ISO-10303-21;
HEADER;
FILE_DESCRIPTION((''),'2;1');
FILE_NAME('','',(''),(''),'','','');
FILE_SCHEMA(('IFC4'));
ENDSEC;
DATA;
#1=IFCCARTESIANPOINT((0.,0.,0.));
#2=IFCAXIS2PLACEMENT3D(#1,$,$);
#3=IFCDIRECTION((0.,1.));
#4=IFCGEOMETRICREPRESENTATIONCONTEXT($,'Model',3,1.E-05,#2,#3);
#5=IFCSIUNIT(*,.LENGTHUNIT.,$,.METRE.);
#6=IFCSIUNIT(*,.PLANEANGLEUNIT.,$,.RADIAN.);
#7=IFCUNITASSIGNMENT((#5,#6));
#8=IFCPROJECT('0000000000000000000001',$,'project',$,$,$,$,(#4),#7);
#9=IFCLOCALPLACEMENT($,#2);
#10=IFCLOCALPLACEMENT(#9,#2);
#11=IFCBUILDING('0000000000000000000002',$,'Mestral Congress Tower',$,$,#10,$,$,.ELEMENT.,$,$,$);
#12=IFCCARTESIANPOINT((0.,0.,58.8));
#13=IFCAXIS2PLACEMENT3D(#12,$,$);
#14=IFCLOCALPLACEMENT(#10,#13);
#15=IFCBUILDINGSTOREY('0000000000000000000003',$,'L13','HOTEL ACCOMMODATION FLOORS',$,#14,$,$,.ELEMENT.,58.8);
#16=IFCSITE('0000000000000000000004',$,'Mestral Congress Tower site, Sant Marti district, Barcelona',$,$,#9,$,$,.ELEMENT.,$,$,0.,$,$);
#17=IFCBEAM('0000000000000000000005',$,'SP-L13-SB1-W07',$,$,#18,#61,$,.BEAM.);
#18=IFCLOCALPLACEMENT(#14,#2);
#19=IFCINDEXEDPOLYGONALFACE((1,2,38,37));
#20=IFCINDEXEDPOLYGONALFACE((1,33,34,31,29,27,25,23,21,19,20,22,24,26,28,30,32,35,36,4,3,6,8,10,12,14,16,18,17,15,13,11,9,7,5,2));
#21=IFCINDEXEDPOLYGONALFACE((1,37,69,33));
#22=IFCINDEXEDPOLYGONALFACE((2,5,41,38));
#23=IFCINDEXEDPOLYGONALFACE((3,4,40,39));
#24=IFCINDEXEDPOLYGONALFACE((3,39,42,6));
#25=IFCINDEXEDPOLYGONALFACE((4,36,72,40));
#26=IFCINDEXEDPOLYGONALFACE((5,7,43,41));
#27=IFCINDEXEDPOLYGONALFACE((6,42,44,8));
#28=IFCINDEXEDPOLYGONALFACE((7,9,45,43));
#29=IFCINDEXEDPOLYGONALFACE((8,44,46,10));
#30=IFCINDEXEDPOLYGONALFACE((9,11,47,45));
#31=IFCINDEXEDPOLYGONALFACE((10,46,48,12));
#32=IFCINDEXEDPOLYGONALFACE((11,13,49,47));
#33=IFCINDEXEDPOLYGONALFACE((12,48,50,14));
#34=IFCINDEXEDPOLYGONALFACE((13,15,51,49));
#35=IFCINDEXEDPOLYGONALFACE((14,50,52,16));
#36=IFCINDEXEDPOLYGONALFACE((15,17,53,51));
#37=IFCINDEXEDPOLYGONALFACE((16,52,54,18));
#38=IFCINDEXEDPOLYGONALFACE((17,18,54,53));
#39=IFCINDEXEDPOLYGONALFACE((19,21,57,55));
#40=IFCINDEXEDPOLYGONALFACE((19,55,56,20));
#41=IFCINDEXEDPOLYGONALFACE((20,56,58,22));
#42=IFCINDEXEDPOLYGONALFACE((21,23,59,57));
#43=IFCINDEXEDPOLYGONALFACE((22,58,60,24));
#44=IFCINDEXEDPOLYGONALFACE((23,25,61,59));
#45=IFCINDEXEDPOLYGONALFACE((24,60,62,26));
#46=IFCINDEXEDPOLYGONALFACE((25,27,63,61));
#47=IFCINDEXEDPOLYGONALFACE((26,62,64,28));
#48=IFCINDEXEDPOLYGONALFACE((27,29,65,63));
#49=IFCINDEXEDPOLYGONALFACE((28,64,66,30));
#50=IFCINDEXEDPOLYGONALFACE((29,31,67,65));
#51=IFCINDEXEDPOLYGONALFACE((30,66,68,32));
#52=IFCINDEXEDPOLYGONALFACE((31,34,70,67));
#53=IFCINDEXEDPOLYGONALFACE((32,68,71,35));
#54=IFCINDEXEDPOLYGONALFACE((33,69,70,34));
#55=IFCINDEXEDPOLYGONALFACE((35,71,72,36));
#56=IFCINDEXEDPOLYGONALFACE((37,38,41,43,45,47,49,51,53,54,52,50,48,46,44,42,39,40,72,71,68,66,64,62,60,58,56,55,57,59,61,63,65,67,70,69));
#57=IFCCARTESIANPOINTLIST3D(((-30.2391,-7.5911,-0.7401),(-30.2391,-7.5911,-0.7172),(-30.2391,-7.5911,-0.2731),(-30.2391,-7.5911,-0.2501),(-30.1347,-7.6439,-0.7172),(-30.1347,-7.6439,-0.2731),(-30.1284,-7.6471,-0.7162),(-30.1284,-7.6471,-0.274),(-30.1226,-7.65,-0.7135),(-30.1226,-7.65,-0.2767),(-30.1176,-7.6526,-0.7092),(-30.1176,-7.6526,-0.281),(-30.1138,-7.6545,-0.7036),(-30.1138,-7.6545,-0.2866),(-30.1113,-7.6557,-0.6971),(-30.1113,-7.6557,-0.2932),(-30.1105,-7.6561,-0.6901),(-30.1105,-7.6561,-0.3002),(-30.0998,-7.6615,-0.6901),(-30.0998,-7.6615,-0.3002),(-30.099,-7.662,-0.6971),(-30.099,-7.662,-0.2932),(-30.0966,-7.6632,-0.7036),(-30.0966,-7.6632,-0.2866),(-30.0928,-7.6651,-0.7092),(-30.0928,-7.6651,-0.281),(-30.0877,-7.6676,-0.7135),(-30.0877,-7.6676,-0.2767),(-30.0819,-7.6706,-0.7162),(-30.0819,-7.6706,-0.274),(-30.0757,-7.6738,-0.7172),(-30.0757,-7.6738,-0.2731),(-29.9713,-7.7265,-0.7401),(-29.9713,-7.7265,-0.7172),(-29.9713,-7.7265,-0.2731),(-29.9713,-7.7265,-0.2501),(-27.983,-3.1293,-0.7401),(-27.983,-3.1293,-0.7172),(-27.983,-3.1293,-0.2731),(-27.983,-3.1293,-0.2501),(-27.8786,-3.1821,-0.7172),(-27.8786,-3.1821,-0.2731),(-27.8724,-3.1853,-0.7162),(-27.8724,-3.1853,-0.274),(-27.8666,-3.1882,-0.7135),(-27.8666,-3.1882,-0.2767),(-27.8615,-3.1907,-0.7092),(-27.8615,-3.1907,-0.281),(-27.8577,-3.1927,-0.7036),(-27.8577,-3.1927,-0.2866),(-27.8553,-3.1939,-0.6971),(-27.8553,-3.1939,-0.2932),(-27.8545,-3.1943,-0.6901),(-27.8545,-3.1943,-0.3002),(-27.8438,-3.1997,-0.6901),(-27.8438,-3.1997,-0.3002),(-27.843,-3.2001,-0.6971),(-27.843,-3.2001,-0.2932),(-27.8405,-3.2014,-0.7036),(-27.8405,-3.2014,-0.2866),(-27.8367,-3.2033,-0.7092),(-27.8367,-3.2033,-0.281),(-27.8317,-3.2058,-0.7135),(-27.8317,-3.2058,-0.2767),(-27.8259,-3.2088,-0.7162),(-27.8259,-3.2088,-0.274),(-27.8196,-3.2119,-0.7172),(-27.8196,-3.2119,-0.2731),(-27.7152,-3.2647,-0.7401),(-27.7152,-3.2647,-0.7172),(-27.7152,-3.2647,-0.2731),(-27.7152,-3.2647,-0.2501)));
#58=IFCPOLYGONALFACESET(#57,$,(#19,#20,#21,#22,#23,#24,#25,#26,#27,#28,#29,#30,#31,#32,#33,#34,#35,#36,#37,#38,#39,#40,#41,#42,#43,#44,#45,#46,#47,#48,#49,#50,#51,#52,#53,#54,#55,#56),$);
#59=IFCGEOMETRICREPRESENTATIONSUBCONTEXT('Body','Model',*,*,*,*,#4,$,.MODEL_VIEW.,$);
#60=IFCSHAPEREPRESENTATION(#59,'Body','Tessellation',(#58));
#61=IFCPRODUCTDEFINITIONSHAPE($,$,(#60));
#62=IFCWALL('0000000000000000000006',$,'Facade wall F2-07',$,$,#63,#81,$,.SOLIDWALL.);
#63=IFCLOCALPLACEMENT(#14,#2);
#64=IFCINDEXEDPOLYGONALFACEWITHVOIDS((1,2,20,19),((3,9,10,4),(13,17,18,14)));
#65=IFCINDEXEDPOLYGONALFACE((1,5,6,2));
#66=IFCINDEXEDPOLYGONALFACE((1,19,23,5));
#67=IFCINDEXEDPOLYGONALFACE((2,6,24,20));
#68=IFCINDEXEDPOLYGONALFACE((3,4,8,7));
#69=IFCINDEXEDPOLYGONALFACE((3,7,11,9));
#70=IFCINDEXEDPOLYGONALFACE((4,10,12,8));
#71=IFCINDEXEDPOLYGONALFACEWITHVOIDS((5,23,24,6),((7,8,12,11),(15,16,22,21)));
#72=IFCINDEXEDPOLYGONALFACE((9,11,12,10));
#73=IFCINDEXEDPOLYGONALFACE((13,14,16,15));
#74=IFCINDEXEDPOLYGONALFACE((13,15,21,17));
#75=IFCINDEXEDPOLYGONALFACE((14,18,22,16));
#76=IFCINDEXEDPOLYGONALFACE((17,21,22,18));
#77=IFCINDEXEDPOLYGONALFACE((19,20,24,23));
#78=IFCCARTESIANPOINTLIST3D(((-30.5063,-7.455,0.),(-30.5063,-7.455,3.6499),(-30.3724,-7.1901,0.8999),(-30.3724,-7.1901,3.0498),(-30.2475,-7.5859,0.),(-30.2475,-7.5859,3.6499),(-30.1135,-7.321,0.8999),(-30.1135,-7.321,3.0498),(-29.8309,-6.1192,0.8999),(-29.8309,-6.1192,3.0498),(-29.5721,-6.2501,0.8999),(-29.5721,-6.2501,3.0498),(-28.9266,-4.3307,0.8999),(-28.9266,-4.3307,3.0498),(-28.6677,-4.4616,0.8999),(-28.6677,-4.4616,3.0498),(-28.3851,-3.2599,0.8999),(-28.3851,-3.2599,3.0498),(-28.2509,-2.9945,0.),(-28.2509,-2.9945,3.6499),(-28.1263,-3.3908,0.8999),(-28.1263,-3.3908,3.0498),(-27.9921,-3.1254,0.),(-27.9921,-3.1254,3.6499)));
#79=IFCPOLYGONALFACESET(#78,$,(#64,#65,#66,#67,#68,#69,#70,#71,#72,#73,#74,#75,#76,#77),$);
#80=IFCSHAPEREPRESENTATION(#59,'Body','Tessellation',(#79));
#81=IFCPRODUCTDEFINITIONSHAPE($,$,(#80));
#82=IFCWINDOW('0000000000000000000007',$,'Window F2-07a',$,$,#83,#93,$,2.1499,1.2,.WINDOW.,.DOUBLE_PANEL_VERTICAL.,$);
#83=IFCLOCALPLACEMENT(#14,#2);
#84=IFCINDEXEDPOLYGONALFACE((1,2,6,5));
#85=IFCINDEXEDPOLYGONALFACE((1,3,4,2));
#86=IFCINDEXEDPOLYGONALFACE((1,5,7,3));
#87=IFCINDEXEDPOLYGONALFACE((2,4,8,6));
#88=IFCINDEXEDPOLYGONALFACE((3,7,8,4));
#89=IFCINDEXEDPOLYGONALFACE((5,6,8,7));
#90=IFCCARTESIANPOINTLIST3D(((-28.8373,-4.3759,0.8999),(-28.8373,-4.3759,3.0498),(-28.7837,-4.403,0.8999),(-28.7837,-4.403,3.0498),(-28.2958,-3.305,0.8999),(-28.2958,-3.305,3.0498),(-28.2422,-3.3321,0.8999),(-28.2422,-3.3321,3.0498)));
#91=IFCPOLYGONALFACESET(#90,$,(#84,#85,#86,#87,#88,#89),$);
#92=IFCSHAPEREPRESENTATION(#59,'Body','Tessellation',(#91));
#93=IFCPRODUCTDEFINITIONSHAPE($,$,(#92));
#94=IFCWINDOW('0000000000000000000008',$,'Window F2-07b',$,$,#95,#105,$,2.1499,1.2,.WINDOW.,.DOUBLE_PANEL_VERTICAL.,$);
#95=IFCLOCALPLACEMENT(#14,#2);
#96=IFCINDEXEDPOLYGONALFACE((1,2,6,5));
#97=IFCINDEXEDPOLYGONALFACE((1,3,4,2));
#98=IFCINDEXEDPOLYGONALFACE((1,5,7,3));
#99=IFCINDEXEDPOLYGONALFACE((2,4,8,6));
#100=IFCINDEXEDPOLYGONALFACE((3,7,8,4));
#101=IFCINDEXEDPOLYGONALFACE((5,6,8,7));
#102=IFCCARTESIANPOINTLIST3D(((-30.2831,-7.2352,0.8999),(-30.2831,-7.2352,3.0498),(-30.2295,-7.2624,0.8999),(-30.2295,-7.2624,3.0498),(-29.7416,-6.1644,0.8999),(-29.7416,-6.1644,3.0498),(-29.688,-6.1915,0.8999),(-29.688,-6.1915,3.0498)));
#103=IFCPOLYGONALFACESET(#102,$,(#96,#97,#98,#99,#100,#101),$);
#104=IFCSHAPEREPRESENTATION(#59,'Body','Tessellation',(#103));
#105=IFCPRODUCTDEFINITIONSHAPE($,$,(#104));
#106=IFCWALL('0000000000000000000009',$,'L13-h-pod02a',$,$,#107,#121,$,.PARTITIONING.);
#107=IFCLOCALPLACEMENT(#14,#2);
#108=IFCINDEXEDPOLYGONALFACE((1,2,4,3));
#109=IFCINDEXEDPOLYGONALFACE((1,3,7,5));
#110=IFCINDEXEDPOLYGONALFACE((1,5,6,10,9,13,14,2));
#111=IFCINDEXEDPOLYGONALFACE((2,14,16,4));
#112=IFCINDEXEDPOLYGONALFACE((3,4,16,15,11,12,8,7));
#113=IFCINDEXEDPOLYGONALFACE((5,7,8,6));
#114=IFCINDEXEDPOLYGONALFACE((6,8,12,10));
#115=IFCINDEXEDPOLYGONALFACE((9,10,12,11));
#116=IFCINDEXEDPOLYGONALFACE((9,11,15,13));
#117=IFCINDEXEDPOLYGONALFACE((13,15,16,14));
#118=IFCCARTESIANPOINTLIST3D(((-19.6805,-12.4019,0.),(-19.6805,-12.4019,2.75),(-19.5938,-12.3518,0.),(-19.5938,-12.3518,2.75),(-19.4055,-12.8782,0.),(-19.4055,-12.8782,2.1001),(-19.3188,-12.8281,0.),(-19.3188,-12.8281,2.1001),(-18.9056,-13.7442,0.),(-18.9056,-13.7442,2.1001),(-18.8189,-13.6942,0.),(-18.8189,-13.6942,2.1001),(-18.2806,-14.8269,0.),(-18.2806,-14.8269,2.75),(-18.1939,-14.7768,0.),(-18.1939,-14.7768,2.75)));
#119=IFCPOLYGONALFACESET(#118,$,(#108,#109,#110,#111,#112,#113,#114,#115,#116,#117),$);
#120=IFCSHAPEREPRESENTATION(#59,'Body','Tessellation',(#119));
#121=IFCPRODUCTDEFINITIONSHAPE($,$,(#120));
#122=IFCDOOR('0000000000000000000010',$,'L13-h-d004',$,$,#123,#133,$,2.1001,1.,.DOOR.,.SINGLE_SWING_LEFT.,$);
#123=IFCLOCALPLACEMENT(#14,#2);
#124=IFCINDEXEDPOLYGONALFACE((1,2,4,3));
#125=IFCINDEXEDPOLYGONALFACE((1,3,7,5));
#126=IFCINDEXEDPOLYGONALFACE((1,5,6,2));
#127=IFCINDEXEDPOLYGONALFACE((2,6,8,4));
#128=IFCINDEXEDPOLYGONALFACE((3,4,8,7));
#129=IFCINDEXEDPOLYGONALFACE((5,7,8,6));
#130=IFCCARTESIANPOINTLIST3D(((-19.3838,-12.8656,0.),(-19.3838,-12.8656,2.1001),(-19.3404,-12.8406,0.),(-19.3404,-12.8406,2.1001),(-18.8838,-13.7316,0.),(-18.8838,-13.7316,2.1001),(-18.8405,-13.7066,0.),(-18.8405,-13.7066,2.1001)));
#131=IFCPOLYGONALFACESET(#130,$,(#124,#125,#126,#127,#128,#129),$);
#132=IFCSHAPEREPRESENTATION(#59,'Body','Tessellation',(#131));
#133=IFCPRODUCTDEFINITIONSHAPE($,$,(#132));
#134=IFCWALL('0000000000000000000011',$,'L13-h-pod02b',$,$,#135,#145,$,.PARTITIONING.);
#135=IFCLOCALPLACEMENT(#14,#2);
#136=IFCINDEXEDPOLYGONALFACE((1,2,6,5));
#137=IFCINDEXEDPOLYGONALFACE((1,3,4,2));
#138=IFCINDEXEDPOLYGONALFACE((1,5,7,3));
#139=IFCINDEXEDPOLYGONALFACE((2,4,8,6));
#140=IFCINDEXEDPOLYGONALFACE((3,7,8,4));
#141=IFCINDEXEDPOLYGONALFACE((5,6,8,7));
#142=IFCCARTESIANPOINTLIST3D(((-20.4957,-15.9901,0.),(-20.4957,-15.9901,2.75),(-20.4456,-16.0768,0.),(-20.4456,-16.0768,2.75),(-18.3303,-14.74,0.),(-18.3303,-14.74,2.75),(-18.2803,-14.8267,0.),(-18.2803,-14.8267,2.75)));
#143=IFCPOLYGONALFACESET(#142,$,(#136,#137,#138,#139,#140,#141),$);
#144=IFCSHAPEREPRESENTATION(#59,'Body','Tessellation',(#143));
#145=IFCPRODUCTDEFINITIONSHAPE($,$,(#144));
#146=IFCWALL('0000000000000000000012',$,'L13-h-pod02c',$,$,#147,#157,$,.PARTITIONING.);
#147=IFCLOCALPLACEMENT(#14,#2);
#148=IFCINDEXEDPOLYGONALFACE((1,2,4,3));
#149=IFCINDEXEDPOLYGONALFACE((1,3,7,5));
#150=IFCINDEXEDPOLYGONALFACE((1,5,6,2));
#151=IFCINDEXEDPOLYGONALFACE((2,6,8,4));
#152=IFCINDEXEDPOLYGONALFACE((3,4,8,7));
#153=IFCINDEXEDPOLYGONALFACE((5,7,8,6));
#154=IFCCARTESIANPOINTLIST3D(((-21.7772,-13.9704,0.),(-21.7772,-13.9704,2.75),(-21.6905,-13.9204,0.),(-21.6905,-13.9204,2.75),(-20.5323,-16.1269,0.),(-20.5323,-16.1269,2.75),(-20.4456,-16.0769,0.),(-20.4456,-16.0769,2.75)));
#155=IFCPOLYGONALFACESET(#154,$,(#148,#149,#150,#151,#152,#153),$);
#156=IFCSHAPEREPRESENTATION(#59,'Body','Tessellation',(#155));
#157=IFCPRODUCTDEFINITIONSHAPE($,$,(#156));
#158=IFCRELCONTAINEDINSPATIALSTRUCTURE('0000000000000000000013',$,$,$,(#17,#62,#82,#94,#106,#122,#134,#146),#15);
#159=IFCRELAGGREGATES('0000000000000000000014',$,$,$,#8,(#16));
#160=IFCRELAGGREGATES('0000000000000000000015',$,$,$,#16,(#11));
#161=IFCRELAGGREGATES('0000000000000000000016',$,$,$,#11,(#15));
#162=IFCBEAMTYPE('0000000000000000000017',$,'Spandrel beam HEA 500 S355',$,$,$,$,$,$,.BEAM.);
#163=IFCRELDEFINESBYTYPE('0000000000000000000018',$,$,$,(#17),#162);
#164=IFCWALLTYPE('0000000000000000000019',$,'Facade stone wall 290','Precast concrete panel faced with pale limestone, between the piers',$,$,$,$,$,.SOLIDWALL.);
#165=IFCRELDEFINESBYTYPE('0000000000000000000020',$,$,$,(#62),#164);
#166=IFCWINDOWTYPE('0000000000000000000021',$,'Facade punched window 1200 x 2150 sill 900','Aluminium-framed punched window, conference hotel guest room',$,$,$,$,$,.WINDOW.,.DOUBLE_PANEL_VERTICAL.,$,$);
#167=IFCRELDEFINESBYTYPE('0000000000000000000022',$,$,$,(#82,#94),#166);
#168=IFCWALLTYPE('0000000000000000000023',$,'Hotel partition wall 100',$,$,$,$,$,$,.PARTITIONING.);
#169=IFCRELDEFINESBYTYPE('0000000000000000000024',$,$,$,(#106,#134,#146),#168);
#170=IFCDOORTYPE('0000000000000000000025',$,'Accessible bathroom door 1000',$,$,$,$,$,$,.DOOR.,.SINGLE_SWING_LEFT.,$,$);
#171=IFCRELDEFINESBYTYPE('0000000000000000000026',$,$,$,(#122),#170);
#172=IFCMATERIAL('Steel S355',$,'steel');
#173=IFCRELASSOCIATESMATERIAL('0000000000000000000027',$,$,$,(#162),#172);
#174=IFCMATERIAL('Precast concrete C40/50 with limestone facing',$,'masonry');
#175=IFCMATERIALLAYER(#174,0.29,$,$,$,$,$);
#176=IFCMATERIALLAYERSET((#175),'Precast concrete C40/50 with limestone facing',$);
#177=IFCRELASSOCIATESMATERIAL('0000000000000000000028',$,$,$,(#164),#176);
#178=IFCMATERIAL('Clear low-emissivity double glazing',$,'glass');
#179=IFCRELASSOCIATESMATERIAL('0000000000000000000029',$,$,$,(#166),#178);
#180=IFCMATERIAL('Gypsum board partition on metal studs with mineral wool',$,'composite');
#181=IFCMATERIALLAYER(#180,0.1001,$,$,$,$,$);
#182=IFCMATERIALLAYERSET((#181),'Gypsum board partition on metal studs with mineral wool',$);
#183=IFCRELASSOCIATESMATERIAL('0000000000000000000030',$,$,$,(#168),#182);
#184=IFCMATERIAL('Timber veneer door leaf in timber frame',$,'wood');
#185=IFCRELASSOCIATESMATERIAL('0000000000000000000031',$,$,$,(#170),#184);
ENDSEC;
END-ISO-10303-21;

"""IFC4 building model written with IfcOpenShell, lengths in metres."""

from ifc_helpers import new_model, si_unit, direction, frame, frame_2d, origin, origin_2d, place, context, subcontext, project, spatial, rectangle, i_section, extrude, material, layer, layer_set, material_profile, profile_set, type_object, element, fill, save


model = new_model("IFC4")

# Units and contexts
model_context = context("Model", 3, precision=1e-05, world=origin(), true_north=direction((0.0, 1.0)))
body_context = subcontext(model_context, "Body", "Model", "MODEL_VIEW")
ifc_project = project(units=[si_unit("LENGTHUNIT", "METRE"), si_unit("PLANEANGLEUNIT", "RADIAN")], contexts=[model_context])

# Site, building, storey
site_placement = place(None, origin())
site = spatial("IfcSite", under=ifc_project, at=site_placement, Name="Mestral Congress Tower site, Sant Marti district, Barcelona", CompositionType="ELEMENT", RefElevation=0.0)
building_placement = place(site_placement, origin())
building = spatial("IfcBuilding", under=site, at=building_placement, Name="Mestral Congress Tower", CompositionType="ELEMENT")
storey_placement = place(building_placement, frame((0.0, 0.0, 58.8)))
storey = spatial("IfcBuildingStorey", under=building, at=storey_placement, Name="L13", Description="HOTEL ACCOMMODATION FLOORS", CompositionType="ELEMENT", Elevation=58.8)

# Beam
ifc_material_1 = material(Name="Steel S355", Category="steel")
ifc_material_profile = material_profile(ifc_material_1, i_section(OverallWidth=0.3, OverallDepth=0.49, WebThickness=0.012, FlangeThickness=0.0229, FilletRadius=0.0271, at=origin_2d()), Name="HEA 500")
ifc_profile_set = profile_set([ifc_material_profile], Name="Steel S355")
beam_type = type_object("IfcBeamType", Name="Spandrel beam HEA 500 S355", PredefinedType="BEAM", material=ifc_profile_set)
beam_placement = place(storey_placement, frame((-27.8491, -3.197, -0.4951), z_axis=(-0.451233, -0.892406, 0.0), x_axis=(0.892406, -0.451233, 0.0)))
element("IfcBeam", 1, at=beam_placement, inside=storey, type_object=beam_type, Name="SP-L13-SB1-W07", PredefinedType="BEAM", context=body_context, shape_type="SweptSolid", body=[
    extrude(i_section(OverallWidth=0.3, OverallDepth=0.49, WebThickness=0.012, FlangeThickness=0.0229, FilletRadius=0.0271, at=origin_2d()), origin(), (0.0, 0.0, 1.0), 4.9998),
])

# Wall, openings, windows
ifc_material_2 = material(Name="Precast concrete C40/50 with limestone facing", Category="masonry")
ifc_layer_1 = layer(ifc_material_2, 0.29)
ifc_layer_set_1 = layer_set([ifc_layer_1], Name="Precast concrete C40/50 with limestone facing")
wall_type_1 = type_object("IfcWallType", Name="Facade stone wall 290", Description="Precast concrete panel faced with pale limestone, between the piers", PredefinedType="SOLIDWALL", material=ifc_layer_set_1)
wall_1_placement = place(storey_placement, frame((-28.1216, -3.0601, 0.0), z_axis=(0.0, 0.0, 1.0), x_axis=(-0.451234, -0.892406, 0.0)))
wall_1 = element("IfcWall", 2, at=wall_1_placement, inside=storey, type_object=wall_type_1, Name="Facade wall F2-07", PredefinedType="SOLIDWALL", context=body_context, shape_type="SweptSolid", body=[
    extrude(rectangle(XDim=4.9983, YDim=0.29, at=frame_2d((2.499, 0.0))), origin(), (0.0, 0.0, 1.0), 3.6499),
])
opening_1_placement = place(wall_1_placement, frame((0.2971, 0.0, 0.8999)))
opening_1 = element("IfcOpeningElement", 3, at=opening_1_placement, cuts=wall_1, PredefinedType="OPENING", context=body_context, shape_type="SweptSolid", body=[
    extrude(rectangle(XDim=1.2, YDim=2.1499, at=frame_2d((0.6001, 1.075))), frame((0.0, 0.155, 0.0), z_axis=(0.0, -1.0, 0.0), x_axis=(1.0, 0.0, 0.0)), (0.0, 0.0, 1.0), 0.3101),
])
opening_2_placement = place(wall_1_placement, frame((3.5012, 0.0, 0.8999)))
opening_2 = element("IfcOpeningElement", 4, at=opening_2_placement, cuts=wall_1, PredefinedType="OPENING", context=body_context, shape_type="SweptSolid", body=[
    extrude(rectangle(XDim=1.2, YDim=2.1499, at=frame_2d((0.6001, 1.075))), frame((0.0, 0.155, 0.0), z_axis=(0.0, -1.0, 0.0), x_axis=(1.0, 0.0, 0.0)), (0.0, 0.0, 1.0), 0.3101),
])
ifc_material_3 = material(Name="Clear low-emissivity double glazing", Category="glass")
window_type = type_object("IfcWindowType", Name="Facade punched window 1200 x 2150 sill 900", Description="Aluminium-framed punched window, conference hotel guest room", PartitioningType="DOUBLE_PANEL_VERTICAL", PredefinedType="WINDOW", material=ifc_material_3)
window_1_placement = place(opening_1_placement, origin())
window_1 = element("IfcWindow", 5, at=window_1_placement, inside=storey, type_object=window_type, Name="Window F2-07a", OverallHeight=2.1499, OverallWidth=1.2, PartitioningType="DOUBLE_PANEL_VERTICAL", PredefinedType="WINDOW", context=body_context, shape_type="SweptSolid", body=[
    extrude(rectangle(XDim=1.2, YDim=2.1499, at=frame_2d((0.6001, 1.075))), frame((0.0, 0.0151, 0.0), z_axis=(0.0, -1.0, 0.0), x_axis=(1.0, 0.0, 0.0)), (0.0, 0.0, 1.0), 0.0601),
])
fill(opening_1, window_1)
window_2_placement = place(opening_2_placement, origin())
window_2 = element("IfcWindow", 6, at=window_2_placement, inside=storey, type_object=window_type, Name="Window F2-07b", OverallHeight=2.1499, OverallWidth=1.2, PartitioningType="DOUBLE_PANEL_VERTICAL", PredefinedType="WINDOW", context=body_context, shape_type="SweptSolid", body=[
    extrude(rectangle(XDim=1.2, YDim=2.1499, at=frame_2d((0.6001, 1.075))), frame((0.0, 0.0151, 0.0), z_axis=(0.0, -1.0, 0.0), x_axis=(1.0, 0.0, 0.0)), (0.0, 0.0, 1.0), 0.0601),
])
fill(opening_2, window_2)

# Wall, opening, door
ifc_material_4 = material(Name="Gypsum board partition on metal studs with mineral wool", Category="composite")
ifc_layer_2 = layer(ifc_material_4, 0.1001)
ifc_layer_set_2 = layer_set([ifc_layer_2], Name="Gypsum board partition on metal studs with mineral wool")
wall_type_2 = type_object("IfcWallType", Name="Hotel partition wall 100", PredefinedType="PARTITIONING", material=ifc_layer_set_2)
wall_2_placement = place(storey_placement, frame((-18.2373, -14.8018, 0.0), z_axis=(0.0, 0.0, 1.0), x_axis=(-0.499946, 0.866056, 0.0)))
wall_2 = element("IfcWall", 7, at=wall_2_placement, inside=storey, type_object=wall_type_2, Name="L13-h-pod02a", PredefinedType="PARTITIONING", context=body_context, shape_type="SweptSolid", body=[
    extrude(rectangle(XDim=2.8, YDim=0.1001, at=frame_2d((1.3999, 0.0))), origin(), (0.0, 0.0, 1.0), 2.75),
])
opening_3_placement = place(wall_2_placement, frame((1.25, 0.0, 0.0)))
opening_3 = element("IfcOpeningElement", 8, at=opening_3_placement, cuts=wall_2, PredefinedType="OPENING", context=body_context, shape_type="SweptSolid", body=[
    extrude(rectangle(XDim=1.0, YDim=2.1001, at=frame_2d((0.5, 1.05))), frame((0.0, 0.0601, 0.0), z_axis=(0.0, -1.0, 0.0), x_axis=(1.0, 0.0, 0.0)), (0.0, 0.0, 1.0), 0.1201),
])
ifc_material_5 = material(Name="Timber veneer door leaf in timber frame", Category="wood")
door_type_1 = type_object("IfcDoorType", Name="Accessible bathroom door 1000", OperationType="SINGLE_SWING_LEFT", PredefinedType="DOOR", material=ifc_material_5)
door_1_placement = place(opening_3_placement, origin())
door_1 = element("IfcDoor", 9, at=door_1_placement, inside=storey, type_object=door_type_1, Name="L13-h-d004", OperationType="SINGLE_SWING_LEFT", OverallHeight=2.1001, OverallWidth=1.0, PredefinedType="DOOR", context=body_context, shape_type="SweptSolid", body=[
    extrude(rectangle(XDim=1.0, YDim=2.1001, at=frame_2d((0.5, 1.05))), frame((0.0, 0.0249, 0.0), z_axis=(0.0, -1.0, 0.0), x_axis=(1.0, 0.0, 0.0)), (0.0, 0.0, 1.0), 0.05),
])
fill(opening_3, door_1)

# Walls
wall_3_placement = place(storey_placement, frame((-18.3054, -14.7834, 0.0), z_axis=(0.0, 0.0, 1.0), x_axis=(-0.866047, -0.499962, 0.0)))
element("IfcWall", 10, at=wall_3_placement, inside=storey, type_object=wall_type_2, Name="L13-h-pod02b", PredefinedType="PARTITIONING", context=body_context, shape_type="SweptSolid", body=[
    extrude(rectangle(XDim=2.5002, YDim=0.1001, at=frame_2d((1.25, 0.0))), origin(), (0.0, 0.0, 1.0), 2.75),
])
wall_4_placement = place(storey_placement, frame((-21.7339, -13.9453, 0.0), z_axis=(0.0, 0.0, 1.0), x_axis=(0.499946, -0.866057, 0.0)))
element("IfcWall", 11, at=wall_4_placement, inside=storey, type_object=wall_type_2, Name="L13-h-pod02c", PredefinedType="PARTITIONING", context=body_context, shape_type="SweptSolid", body=[
    extrude(rectangle(XDim=2.49, YDim=0.1001, at=frame_2d((1.2451, 0.0))), origin(), (0.0, 0.0, 1.0), 2.75),
])

save(model, "model.ifc")
